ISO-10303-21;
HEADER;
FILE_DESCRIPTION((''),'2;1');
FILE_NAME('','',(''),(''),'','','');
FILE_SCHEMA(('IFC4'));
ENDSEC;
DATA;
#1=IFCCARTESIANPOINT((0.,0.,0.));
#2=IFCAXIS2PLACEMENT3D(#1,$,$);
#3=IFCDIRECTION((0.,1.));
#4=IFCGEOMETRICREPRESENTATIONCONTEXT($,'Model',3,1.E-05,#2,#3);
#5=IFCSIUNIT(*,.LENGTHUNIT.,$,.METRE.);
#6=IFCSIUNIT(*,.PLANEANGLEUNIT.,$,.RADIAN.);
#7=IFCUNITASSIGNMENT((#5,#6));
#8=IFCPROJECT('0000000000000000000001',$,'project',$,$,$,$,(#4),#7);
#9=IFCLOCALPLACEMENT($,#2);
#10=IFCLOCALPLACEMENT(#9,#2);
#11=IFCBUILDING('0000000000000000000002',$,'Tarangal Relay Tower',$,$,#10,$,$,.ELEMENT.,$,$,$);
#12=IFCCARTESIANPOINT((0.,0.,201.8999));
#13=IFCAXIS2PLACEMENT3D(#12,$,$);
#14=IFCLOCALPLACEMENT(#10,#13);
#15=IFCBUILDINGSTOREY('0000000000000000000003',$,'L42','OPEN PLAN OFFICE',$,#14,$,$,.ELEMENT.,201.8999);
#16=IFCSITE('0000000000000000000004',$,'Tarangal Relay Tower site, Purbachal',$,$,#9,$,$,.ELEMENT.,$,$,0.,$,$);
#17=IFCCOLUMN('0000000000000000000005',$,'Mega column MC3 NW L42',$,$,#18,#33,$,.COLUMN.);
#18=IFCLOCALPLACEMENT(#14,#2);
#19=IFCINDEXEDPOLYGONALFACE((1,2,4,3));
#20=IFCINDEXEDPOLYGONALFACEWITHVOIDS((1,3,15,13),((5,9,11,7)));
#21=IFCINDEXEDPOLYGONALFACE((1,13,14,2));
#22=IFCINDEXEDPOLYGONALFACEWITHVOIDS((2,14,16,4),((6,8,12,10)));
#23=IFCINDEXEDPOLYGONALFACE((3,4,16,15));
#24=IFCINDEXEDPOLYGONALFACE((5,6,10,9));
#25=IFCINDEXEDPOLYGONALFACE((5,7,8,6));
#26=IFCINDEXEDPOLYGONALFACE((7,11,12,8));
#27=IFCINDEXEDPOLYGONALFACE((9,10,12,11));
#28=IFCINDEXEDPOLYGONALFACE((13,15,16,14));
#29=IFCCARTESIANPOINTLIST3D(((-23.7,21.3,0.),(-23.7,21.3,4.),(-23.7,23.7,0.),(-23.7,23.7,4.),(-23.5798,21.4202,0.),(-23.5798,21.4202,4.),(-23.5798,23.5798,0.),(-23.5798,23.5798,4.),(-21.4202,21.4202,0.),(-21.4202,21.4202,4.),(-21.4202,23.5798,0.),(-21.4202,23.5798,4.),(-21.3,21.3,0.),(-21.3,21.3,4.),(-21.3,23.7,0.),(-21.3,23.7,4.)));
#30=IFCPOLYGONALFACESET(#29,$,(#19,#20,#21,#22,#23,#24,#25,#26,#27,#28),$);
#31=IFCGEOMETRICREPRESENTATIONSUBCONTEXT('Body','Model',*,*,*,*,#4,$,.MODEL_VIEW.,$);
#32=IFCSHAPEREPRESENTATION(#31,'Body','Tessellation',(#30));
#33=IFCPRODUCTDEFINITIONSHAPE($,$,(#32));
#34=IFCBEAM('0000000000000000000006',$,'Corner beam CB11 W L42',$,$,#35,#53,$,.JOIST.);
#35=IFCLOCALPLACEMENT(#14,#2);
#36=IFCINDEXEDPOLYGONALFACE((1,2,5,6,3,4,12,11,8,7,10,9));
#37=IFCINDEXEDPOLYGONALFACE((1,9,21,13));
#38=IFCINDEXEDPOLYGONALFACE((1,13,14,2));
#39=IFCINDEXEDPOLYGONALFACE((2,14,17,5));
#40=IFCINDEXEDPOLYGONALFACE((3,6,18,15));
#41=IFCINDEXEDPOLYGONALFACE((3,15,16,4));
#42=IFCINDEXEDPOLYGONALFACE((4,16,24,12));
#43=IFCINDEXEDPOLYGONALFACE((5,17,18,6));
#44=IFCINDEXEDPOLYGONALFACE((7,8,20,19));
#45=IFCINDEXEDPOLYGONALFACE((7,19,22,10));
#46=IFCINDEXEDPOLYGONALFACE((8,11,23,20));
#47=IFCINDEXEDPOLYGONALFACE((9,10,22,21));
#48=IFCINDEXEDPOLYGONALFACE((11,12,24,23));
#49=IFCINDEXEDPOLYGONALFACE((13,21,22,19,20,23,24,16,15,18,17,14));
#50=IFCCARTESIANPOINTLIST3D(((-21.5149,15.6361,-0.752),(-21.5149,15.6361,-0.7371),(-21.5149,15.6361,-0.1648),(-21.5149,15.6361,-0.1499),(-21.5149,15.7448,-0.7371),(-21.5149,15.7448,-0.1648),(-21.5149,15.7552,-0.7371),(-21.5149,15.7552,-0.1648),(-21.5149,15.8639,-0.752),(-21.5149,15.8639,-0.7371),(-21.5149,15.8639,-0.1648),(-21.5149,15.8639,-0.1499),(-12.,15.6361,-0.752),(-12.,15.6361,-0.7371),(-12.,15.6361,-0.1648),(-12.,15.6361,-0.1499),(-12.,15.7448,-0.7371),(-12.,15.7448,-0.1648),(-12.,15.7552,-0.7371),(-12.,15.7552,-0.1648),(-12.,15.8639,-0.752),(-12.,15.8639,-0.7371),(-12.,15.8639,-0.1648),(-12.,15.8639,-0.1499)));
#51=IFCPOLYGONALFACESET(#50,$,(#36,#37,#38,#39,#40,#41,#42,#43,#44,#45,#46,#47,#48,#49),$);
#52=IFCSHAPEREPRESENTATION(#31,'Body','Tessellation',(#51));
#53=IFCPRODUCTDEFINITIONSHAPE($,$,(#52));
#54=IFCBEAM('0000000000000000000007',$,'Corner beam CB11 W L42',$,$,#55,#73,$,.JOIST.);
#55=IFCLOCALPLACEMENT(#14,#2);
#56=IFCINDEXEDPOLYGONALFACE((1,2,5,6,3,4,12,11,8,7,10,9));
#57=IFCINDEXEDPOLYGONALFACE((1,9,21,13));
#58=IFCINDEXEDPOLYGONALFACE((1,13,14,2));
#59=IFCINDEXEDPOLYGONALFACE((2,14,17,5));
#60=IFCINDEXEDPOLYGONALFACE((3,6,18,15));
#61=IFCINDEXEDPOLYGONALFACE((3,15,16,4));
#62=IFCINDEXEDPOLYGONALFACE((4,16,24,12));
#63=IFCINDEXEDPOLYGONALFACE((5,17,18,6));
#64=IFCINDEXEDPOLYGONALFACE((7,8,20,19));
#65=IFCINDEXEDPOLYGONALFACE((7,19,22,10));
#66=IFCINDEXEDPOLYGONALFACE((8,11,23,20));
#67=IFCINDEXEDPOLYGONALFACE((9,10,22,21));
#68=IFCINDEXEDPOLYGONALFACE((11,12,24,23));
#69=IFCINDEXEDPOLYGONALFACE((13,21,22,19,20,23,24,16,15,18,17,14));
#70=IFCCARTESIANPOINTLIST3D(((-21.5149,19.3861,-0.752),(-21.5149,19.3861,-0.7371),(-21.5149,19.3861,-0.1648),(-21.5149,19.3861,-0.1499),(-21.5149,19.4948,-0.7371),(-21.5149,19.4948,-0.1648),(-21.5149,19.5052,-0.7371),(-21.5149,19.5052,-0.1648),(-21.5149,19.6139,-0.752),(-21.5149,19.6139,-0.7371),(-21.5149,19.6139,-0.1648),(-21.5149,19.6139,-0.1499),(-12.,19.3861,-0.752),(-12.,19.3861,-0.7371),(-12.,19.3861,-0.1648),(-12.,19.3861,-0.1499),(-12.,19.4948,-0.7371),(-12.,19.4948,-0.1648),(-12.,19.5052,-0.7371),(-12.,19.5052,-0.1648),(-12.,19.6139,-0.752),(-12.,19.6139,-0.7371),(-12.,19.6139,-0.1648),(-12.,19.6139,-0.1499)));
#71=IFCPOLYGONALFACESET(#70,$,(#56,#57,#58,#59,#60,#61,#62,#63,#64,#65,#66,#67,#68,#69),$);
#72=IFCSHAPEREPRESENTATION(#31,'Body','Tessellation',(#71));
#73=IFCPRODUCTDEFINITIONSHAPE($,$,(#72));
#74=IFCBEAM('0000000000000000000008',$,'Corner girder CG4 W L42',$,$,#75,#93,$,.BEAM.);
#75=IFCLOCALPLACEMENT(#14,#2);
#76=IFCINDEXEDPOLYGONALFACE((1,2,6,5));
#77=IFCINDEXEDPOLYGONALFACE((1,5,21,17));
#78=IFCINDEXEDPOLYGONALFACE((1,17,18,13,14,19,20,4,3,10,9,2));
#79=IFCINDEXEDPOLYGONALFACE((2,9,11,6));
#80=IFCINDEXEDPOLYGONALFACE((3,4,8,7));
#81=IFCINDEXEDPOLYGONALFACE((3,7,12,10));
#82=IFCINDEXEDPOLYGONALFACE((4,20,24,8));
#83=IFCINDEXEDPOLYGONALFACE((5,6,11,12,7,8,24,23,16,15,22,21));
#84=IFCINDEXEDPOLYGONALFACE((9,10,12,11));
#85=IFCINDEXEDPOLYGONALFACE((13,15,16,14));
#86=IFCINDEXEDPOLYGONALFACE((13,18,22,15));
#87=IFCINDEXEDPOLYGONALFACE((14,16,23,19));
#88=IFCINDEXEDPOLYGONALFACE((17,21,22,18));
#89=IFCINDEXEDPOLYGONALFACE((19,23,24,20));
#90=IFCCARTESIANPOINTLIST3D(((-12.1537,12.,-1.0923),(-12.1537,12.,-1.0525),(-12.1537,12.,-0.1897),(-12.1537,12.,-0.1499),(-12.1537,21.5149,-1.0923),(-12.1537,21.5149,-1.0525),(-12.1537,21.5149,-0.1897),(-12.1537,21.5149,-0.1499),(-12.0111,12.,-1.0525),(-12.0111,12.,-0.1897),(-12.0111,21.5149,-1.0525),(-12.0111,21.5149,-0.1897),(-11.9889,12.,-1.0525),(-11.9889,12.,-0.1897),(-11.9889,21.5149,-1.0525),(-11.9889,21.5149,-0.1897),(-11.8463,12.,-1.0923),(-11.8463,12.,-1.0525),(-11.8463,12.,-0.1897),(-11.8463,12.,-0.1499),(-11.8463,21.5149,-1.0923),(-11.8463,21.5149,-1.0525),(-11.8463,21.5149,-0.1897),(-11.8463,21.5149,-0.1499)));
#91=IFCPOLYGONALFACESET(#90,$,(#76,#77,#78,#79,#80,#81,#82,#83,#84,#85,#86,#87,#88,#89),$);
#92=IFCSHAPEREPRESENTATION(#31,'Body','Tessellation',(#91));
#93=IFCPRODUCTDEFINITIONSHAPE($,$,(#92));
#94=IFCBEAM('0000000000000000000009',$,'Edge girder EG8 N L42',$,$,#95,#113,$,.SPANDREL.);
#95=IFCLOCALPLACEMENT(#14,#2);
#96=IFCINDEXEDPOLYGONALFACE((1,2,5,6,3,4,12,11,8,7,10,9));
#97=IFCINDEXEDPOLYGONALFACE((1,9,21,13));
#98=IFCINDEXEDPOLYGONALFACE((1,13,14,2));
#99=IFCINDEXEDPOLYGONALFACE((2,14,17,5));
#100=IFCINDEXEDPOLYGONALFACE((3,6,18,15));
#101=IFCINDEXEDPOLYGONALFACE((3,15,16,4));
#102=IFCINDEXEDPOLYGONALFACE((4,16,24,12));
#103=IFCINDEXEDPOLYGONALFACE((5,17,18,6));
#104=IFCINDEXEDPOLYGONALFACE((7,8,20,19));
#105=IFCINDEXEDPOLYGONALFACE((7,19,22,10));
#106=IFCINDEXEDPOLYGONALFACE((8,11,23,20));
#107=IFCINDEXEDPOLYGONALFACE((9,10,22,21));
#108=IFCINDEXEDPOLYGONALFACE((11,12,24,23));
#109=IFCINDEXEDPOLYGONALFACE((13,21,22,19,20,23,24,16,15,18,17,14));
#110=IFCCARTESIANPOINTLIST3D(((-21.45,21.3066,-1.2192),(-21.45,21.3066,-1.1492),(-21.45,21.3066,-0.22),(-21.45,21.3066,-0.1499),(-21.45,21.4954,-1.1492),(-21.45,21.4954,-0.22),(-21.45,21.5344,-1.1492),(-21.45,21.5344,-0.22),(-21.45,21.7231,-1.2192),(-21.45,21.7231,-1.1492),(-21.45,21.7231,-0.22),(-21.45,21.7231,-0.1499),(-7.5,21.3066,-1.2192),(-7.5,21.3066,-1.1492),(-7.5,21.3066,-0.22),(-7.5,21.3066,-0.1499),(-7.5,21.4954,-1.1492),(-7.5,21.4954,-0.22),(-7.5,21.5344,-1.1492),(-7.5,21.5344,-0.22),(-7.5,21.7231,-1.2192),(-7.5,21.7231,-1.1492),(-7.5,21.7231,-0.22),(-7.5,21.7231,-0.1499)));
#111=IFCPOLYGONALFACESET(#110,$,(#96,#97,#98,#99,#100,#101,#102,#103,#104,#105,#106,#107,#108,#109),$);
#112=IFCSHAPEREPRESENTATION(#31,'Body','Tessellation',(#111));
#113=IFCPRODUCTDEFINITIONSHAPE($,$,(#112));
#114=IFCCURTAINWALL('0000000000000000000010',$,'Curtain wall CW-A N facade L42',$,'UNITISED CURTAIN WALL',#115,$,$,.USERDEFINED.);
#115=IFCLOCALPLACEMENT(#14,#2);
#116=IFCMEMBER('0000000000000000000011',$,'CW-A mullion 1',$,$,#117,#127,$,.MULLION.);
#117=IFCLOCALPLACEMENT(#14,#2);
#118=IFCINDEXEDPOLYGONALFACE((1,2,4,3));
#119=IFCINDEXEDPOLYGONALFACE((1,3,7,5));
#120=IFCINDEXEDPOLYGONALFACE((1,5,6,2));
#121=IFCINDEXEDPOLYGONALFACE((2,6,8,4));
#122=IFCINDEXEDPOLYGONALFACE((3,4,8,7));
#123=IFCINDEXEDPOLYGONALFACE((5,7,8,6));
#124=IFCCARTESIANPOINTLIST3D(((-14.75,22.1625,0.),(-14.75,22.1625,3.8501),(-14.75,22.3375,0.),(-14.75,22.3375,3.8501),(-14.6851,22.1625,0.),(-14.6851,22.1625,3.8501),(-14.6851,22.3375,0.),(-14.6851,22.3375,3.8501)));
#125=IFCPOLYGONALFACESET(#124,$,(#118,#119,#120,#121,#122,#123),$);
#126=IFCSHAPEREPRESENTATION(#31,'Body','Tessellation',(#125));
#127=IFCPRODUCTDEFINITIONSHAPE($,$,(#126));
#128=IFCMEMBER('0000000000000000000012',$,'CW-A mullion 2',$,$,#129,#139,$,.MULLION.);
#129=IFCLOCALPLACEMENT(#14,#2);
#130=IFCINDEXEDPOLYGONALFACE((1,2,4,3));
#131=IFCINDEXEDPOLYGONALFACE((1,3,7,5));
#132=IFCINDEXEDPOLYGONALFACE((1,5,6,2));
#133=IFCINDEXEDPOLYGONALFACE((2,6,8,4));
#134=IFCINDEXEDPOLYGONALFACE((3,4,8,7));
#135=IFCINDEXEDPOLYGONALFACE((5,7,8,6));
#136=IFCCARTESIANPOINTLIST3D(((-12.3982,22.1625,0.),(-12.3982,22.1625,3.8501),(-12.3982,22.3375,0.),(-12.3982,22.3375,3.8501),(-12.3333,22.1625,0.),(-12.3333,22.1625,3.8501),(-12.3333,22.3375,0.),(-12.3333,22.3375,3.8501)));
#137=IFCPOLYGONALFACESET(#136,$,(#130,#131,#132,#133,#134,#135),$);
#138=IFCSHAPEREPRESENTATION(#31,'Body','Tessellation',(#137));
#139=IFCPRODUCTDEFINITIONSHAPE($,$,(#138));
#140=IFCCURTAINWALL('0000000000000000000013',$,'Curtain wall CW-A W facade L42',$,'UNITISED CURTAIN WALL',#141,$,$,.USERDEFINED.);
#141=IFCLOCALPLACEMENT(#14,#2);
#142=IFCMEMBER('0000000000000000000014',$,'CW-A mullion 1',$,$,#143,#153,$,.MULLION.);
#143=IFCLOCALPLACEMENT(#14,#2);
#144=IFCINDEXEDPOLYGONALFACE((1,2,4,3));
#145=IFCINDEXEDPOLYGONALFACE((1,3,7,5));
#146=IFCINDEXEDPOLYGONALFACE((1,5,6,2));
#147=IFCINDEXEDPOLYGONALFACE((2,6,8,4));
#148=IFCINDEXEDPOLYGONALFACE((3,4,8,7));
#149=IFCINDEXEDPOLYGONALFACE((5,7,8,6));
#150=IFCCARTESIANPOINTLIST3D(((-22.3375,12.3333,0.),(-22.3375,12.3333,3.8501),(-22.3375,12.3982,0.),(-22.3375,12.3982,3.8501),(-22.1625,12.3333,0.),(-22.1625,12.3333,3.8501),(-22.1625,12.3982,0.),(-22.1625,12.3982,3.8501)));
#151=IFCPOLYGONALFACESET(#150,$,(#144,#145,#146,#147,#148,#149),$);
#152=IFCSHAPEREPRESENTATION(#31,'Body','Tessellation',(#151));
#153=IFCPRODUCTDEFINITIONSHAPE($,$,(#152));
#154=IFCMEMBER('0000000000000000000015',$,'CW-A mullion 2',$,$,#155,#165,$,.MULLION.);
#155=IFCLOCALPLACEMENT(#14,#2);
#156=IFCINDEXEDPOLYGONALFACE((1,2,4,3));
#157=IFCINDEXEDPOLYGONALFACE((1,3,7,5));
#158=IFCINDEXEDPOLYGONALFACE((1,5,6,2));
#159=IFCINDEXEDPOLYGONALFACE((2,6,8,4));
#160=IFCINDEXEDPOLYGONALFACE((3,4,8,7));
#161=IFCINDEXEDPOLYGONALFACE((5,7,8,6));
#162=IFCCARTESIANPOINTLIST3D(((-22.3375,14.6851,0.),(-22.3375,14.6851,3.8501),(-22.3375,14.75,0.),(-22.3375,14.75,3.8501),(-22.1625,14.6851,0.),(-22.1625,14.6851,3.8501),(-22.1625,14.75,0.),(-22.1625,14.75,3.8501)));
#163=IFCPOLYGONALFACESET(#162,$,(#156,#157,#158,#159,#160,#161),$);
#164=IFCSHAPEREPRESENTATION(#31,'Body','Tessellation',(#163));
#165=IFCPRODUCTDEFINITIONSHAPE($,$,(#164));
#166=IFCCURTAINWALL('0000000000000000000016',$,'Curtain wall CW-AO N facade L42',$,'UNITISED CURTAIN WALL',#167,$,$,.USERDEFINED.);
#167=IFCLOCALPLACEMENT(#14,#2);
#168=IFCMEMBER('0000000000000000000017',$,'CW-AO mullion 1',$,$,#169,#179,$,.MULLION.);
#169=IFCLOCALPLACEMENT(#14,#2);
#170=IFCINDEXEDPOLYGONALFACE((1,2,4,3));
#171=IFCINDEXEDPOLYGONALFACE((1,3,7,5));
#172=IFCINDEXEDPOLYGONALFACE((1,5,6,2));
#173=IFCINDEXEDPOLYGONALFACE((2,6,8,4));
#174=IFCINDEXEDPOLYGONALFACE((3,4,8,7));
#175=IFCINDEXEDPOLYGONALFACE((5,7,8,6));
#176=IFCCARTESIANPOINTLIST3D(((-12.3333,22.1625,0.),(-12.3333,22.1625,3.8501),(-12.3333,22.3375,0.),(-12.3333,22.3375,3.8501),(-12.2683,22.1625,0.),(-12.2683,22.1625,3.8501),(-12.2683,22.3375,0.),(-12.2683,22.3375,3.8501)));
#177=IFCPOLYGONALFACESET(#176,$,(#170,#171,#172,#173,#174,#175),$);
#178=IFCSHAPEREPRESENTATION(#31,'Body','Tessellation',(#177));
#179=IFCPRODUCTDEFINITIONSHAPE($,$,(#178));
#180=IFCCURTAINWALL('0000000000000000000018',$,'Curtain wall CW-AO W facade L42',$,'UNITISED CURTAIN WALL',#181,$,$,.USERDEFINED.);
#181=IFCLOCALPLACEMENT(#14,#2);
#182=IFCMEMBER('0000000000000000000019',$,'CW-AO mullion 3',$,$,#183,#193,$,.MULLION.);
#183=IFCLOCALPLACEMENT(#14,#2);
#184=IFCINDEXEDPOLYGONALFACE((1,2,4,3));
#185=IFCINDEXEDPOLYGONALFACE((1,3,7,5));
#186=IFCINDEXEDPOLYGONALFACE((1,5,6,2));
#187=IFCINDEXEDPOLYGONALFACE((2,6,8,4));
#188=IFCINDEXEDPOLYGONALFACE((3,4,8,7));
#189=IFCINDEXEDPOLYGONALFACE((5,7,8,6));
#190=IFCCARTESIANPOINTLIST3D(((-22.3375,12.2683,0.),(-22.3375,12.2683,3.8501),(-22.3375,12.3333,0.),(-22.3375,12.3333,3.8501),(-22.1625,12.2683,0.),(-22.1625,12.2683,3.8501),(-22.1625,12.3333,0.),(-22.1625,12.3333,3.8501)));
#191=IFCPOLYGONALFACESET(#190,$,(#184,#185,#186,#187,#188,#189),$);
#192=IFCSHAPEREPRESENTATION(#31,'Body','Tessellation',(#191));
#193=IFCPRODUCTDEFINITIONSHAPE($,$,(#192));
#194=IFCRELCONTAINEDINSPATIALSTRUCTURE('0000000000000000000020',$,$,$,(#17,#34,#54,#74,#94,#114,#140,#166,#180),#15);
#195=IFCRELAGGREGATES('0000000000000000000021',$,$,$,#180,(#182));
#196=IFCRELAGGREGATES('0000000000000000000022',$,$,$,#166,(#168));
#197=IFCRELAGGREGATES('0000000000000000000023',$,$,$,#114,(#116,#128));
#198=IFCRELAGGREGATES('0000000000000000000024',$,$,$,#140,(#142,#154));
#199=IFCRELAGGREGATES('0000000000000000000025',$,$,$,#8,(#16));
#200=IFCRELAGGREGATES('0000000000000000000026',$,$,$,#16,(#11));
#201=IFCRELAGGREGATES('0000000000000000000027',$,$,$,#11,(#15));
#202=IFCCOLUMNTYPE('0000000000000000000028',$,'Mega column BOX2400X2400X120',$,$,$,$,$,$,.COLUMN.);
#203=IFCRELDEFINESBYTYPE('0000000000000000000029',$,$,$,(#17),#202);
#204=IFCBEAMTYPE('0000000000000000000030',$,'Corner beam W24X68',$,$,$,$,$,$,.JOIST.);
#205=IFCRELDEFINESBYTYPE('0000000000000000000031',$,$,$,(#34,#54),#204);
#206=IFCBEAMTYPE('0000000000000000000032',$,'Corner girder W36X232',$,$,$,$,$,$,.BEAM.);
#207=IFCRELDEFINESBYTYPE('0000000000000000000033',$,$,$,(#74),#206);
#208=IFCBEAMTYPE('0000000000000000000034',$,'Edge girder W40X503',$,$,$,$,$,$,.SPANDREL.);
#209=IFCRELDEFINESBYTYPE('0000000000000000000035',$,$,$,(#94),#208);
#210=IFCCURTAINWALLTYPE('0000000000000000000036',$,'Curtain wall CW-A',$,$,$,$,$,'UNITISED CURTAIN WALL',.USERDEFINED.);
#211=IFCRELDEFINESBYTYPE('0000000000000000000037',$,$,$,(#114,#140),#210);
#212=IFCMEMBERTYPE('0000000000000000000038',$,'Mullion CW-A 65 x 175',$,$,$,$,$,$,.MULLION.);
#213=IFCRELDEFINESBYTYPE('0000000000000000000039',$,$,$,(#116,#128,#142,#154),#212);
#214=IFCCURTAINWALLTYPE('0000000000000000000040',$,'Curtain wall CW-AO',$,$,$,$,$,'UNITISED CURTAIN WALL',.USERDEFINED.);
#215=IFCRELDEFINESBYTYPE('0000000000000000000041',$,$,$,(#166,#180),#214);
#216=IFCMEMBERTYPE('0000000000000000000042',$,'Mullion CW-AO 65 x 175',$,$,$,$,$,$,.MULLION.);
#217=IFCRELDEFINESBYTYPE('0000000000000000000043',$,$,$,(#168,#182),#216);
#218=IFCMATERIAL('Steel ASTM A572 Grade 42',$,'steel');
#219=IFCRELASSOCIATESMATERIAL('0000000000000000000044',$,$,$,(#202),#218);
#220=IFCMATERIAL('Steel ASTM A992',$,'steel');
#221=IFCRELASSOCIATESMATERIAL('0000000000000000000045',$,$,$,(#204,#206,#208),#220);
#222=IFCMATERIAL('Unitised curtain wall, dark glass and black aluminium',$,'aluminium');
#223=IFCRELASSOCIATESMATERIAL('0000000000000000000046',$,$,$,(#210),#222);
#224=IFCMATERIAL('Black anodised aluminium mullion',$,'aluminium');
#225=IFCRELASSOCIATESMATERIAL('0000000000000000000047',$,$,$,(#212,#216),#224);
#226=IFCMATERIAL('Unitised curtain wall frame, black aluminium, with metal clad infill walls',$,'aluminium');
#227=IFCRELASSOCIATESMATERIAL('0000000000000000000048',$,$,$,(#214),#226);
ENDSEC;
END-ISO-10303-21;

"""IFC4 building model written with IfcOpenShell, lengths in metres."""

from ifc_helpers import new_model, si_unit, direction, frame, origin, origin_2d, place, context, subcontext, project, spatial, rectangle, hollow_rectangle, i_section, extrude, material, material_profile, profile_set, type_object, element, aggregate, save


model = new_model("IFC4")

# Units and contexts
model_context = context("Model", 3, precision=1e-05, world=origin(), true_north=direction((0.0, 1.0)))
body_context = subcontext(model_context, "Body", "Model", "MODEL_VIEW")
ifc_project = project(units=[si_unit("LENGTHUNIT", "METRE"), si_unit("PLANEANGLEUNIT", "RADIAN")], contexts=[model_context])

# Site, building, storey
site_placement = place(None, origin())
site = spatial("IfcSite", under=ifc_project, at=site_placement, Name="Tarangal Relay Tower site, Purbachal", CompositionType="ELEMENT", RefElevation=0.0)
building_placement = place(site_placement, origin())
building = spatial("IfcBuilding", under=site, at=building_placement, Name="Tarangal Relay Tower", CompositionType="ELEMENT")
storey_placement = place(building_placement, frame((0.0, 0.0, 201.8999)))
storey = spatial("IfcBuildingStorey", under=building, at=storey_placement, Name="L42", Description="OPEN PLAN OFFICE", CompositionType="ELEMENT", Elevation=201.8999)

# Column
ifc_material_1 = material(Name="Steel ASTM A572 Grade 42", Category="steel")
ifc_material_profile_1 = material_profile(ifc_material_1, hollow_rectangle(XDim=2.3999, YDim=2.3999, WallThickness=0.1201, at=origin_2d()), Name="BOX2400X2400X120")
ifc_profile_set_1 = profile_set([ifc_material_profile_1], Name="Steel ASTM A572 Grade 42")
column_type = type_object("IfcColumnType", Name="Mega column BOX2400X2400X120", PredefinedType="COLUMN", material=ifc_profile_set_1)
column_placement = place(storey_placement, frame((-22.5, 22.5, 0.0), z_axis=(0.0, 0.0, 1.0), x_axis=(1.0, 0.0, 0.0)))
element("IfcColumn", 1, at=column_placement, inside=storey, type_object=column_type, Name="Mega column MC3 NW L42", PredefinedType="COLUMN", context=body_context, shape_type="SweptSolid", body=[
    extrude(hollow_rectangle(XDim=2.3999, YDim=2.3999, WallThickness=0.1201, at=origin_2d()), origin(), (0.0, 0.0, 1.0), 4.0),
])

# Beams
ifc_material_2 = material(Name="Steel ASTM A992", Category="steel")
ifc_material_profile_2 = material_profile(ifc_material_2, i_section(OverallWidth=0.2278, OverallDepth=0.6021, WebThickness=0.0105, FlangeThickness=0.0149, at=origin_2d()), Name="W24X68")
ifc_profile_set_2 = profile_set([ifc_material_profile_2], Name="Steel ASTM A992")
beam_type_1 = type_object("IfcBeamType", Name="Corner beam W24X68", PredefinedType="JOIST", material=ifc_profile_set_2)
for number, where, z_axis, x_axis, name in (
    (2, (-12.0, 15.75, -0.4509), (-1.0, 0.0, 0.0), (0.0, -1.0, 0.0), "Corner beam CB11 W L42"),
    (3, (-12.0, 19.5, -0.4509), (-1.0, 0.0, 0.0), (0.0, -1.0, 0.0), "Corner beam CB11 W L42"),
):
    element("IfcBeam", number, at=place(storey_placement, frame(where, z_axis=z_axis, x_axis=x_axis)), inside=storey, type_object=beam_type_1, Name=name, PredefinedType="JOIST", context=body_context, shape_type="SweptSolid", body=[
        extrude(i_section(OverallWidth=0.2278, OverallDepth=0.6021, WebThickness=0.0105, FlangeThickness=0.0149, at=origin_2d()), origin(), (0.0, 0.0, 1.0), 9.5149),
    ])
ifc_material_profile_3 = material_profile(ifc_material_2, i_section(OverallWidth=0.3074, OverallDepth=0.9424, WebThickness=0.0222, FlangeThickness=0.0398, at=origin_2d()), Name="W36X232")
ifc_profile_set_3 = profile_set([ifc_material_profile_3], Name="Steel ASTM A992")
beam_type_2 = type_object("IfcBeamType", Name="Corner girder W36X232", PredefinedType="BEAM", material=ifc_profile_set_3)
beam_1_placement = place(storey_placement, frame((-12.0, 12.0, -0.6211), z_axis=(0.0, 1.0, 0.0), x_axis=(-1.0, 0.0, 0.0)))
element("IfcBeam", 4, at=beam_1_placement, inside=storey, type_object=beam_type_2, Name="Corner girder CG4 W L42", PredefinedType="BEAM", context=body_context, shape_type="SweptSolid", body=[
    extrude(i_section(OverallWidth=0.3074, OverallDepth=0.9424, WebThickness=0.0222, FlangeThickness=0.0398, at=origin_2d()), origin(), (0.0, 0.0, 1.0), 9.5149),
])
ifc_material_profile_4 = material_profile(ifc_material_2, i_section(OverallWidth=0.4165, OverallDepth=1.0693, WebThickness=0.0391, FlangeThickness=0.0701, at=origin_2d()), Name="W40X503")
ifc_profile_set_4 = profile_set([ifc_material_profile_4], Name="Steel ASTM A992")
beam_type_3 = type_object("IfcBeamType", Name="Edge girder W40X503", PredefinedType="SPANDREL", material=ifc_profile_set_4)
beam_2_placement = place(storey_placement, frame((-21.45, 21.5149, -0.6846), z_axis=(1.0, 0.0, 0.0), x_axis=(0.0, 1.0, 0.0)))
element("IfcBeam", 5, at=beam_2_placement, inside=storey, type_object=beam_type_3, Name="Edge girder EG8 N L42", PredefinedType="SPANDREL", context=body_context, shape_type="SweptSolid", body=[
    extrude(i_section(OverallWidth=0.4165, OverallDepth=1.0693, WebThickness=0.0391, FlangeThickness=0.0701, at=origin_2d()), origin(), (0.0, 0.0, 1.0), 13.95),
])

# Curtain walls, members
ifc_material_3 = material(Name="Unitised curtain wall, dark glass and black aluminium", Category="aluminium")
curtain_wall_type_1 = type_object("IfcCurtainWallType", Name="Curtain wall CW-A", ElementType="UNITISED CURTAIN WALL", PredefinedType="USERDEFINED", material=ifc_material_3)
curtain_wall_1_placement = place(storey_placement, origin())
curtain_wall_1 = element("IfcCurtainWall", 6, at=curtain_wall_1_placement, inside=storey, type_object=curtain_wall_type_1, Name="Curtain wall CW-A N facade L42", ObjectType="UNITISED CURTAIN WALL", PredefinedType="USERDEFINED")
ifc_material_4 = material(Name="Black anodised aluminium mullion", Category="aluminium")
ifc_material_profile_5 = material_profile(ifc_material_4, rectangle(XDim=0.175, YDim=0.0649, at=origin_2d()), Name="CW-AM 65X175")
ifc_profile_set_5 = profile_set([ifc_material_profile_5], Name="Black anodised aluminium mullion")
member_type_1 = type_object("IfcMemberType", Name="Mullion CW-A 65 x 175", PredefinedType="MULLION", material=ifc_profile_set_5)
member_1_placement = place(storey_placement, frame((-14.7175, 22.25, 0.0), z_axis=(0.0, 0.0, 1.0), x_axis=(0.0, 1.0, 0.0)))
member_1 = element("IfcMember", 7, at=member_1_placement, type_object=member_type_1, Name="CW-A mullion 1", PredefinedType="MULLION", context=body_context, shape_type="SweptSolid", body=[
    extrude(rectangle(XDim=0.175, YDim=0.0649, at=origin_2d()), origin(), (0.0, 0.0, 1.0), 3.8501),
])
member_2_placement = place(storey_placement, frame((-12.3657, 22.25, 0.0), z_axis=(0.0, 0.0, 1.0), x_axis=(0.0, 1.0, 0.0)))
member_2 = element("IfcMember", 8, at=member_2_placement, type_object=member_type_1, Name="CW-A mullion 2", PredefinedType="MULLION", context=body_context, shape_type="SweptSolid", body=[
    extrude(rectangle(XDim=0.175, YDim=0.0649, at=origin_2d()), origin(), (0.0, 0.0, 1.0), 3.8501),
])
curtain_wall_2_placement = place(storey_placement, origin())
curtain_wall_2 = element("IfcCurtainWall", 9, at=curtain_wall_2_placement, inside=storey, type_object=curtain_wall_type_1, Name="Curtain wall CW-A W facade L42", ObjectType="UNITISED CURTAIN WALL", PredefinedType="USERDEFINED")
member_3_placement = place(storey_placement, frame((-22.25, 12.3657, 0.0), z_axis=(0.0, 0.0, 1.0), x_axis=(-1.0, 0.0, 0.0)))
member_3 = element("IfcMember", 10, at=member_3_placement, type_object=member_type_1, Name="CW-A mullion 1", PredefinedType="MULLION", context=body_context, shape_type="SweptSolid", body=[
    extrude(rectangle(XDim=0.175, YDim=0.0649, at=origin_2d()), origin(), (0.0, 0.0, 1.0), 3.8501),
])
member_4_placement = place(storey_placement, frame((-22.25, 14.7175, 0.0), z_axis=(0.0, 0.0, 1.0), x_axis=(-1.0, 0.0, 0.0)))
member_4 = element("IfcMember", 11, at=member_4_placement, type_object=member_type_1, Name="CW-A mullion 2", PredefinedType="MULLION", context=body_context, shape_type="SweptSolid", body=[
    extrude(rectangle(XDim=0.175, YDim=0.0649, at=origin_2d()), origin(), (0.0, 0.0, 1.0), 3.8501),
])

# Curtain walls, members
ifc_material_5 = material(Name="Unitised curtain wall frame, black aluminium, with metal clad infill walls", Category="aluminium")
curtain_wall_type_2 = type_object("IfcCurtainWallType", Name="Curtain wall CW-AO", ElementType="UNITISED CURTAIN WALL", PredefinedType="USERDEFINED", material=ifc_material_5)
curtain_wall_3_placement = place(storey_placement, origin())
curtain_wall_3 = element("IfcCurtainWall", 12, at=curtain_wall_3_placement, inside=storey, type_object=curtain_wall_type_2, Name="Curtain wall CW-AO N facade L42", ObjectType="UNITISED CURTAIN WALL", PredefinedType="USERDEFINED")
ifc_material_profile_6 = material_profile(ifc_material_4, rectangle(XDim=0.175, YDim=0.0649, at=origin_2d()), Name="CW-AOM 65X175")
ifc_profile_set_6 = profile_set([ifc_material_profile_6], Name="Black anodised aluminium mullion")
member_type_2 = type_object("IfcMemberType", Name="Mullion CW-AO 65 x 175", PredefinedType="MULLION", material=ifc_profile_set_6)
member_5_placement = place(storey_placement, frame((-12.3008, 22.25, 0.0), z_axis=(0.0, 0.0, 1.0), x_axis=(0.0, 1.0, 0.0)))
member_5 = element("IfcMember", 13, at=member_5_placement, type_object=member_type_2, Name="CW-AO mullion 1", PredefinedType="MULLION", context=body_context, shape_type="SweptSolid", body=[
    extrude(rectangle(XDim=0.175, YDim=0.0649, at=origin_2d()), origin(), (0.0, 0.0, 1.0), 3.8501),
])
curtain_wall_4_placement = place(storey_placement, origin())
curtain_wall_4 = element("IfcCurtainWall", 14, at=curtain_wall_4_placement, inside=storey, type_object=curtain_wall_type_2, Name="Curtain wall CW-AO W facade L42", ObjectType="UNITISED CURTAIN WALL", PredefinedType="USERDEFINED")
member_6_placement = place(storey_placement, frame((-22.25, 12.3008, 0.0), z_axis=(0.0, 0.0, 1.0), x_axis=(-1.0, 0.0, 0.0)))
member_6 = element("IfcMember", 15, at=member_6_placement, type_object=member_type_2, Name="CW-AO mullion 3", PredefinedType="MULLION", context=body_context, shape_type="SweptSolid", body=[
    extrude(rectangle(XDim=0.175, YDim=0.0649, at=origin_2d()), origin(), (0.0, 0.0, 1.0), 3.8501),
])
aggregate(curtain_wall_4, [member_6])

aggregate(curtain_wall_3, [member_5])

aggregate(curtain_wall_1, [member_1, member_2])
aggregate(curtain_wall_2, [member_3, member_4])

save(model, "model.ifc")
